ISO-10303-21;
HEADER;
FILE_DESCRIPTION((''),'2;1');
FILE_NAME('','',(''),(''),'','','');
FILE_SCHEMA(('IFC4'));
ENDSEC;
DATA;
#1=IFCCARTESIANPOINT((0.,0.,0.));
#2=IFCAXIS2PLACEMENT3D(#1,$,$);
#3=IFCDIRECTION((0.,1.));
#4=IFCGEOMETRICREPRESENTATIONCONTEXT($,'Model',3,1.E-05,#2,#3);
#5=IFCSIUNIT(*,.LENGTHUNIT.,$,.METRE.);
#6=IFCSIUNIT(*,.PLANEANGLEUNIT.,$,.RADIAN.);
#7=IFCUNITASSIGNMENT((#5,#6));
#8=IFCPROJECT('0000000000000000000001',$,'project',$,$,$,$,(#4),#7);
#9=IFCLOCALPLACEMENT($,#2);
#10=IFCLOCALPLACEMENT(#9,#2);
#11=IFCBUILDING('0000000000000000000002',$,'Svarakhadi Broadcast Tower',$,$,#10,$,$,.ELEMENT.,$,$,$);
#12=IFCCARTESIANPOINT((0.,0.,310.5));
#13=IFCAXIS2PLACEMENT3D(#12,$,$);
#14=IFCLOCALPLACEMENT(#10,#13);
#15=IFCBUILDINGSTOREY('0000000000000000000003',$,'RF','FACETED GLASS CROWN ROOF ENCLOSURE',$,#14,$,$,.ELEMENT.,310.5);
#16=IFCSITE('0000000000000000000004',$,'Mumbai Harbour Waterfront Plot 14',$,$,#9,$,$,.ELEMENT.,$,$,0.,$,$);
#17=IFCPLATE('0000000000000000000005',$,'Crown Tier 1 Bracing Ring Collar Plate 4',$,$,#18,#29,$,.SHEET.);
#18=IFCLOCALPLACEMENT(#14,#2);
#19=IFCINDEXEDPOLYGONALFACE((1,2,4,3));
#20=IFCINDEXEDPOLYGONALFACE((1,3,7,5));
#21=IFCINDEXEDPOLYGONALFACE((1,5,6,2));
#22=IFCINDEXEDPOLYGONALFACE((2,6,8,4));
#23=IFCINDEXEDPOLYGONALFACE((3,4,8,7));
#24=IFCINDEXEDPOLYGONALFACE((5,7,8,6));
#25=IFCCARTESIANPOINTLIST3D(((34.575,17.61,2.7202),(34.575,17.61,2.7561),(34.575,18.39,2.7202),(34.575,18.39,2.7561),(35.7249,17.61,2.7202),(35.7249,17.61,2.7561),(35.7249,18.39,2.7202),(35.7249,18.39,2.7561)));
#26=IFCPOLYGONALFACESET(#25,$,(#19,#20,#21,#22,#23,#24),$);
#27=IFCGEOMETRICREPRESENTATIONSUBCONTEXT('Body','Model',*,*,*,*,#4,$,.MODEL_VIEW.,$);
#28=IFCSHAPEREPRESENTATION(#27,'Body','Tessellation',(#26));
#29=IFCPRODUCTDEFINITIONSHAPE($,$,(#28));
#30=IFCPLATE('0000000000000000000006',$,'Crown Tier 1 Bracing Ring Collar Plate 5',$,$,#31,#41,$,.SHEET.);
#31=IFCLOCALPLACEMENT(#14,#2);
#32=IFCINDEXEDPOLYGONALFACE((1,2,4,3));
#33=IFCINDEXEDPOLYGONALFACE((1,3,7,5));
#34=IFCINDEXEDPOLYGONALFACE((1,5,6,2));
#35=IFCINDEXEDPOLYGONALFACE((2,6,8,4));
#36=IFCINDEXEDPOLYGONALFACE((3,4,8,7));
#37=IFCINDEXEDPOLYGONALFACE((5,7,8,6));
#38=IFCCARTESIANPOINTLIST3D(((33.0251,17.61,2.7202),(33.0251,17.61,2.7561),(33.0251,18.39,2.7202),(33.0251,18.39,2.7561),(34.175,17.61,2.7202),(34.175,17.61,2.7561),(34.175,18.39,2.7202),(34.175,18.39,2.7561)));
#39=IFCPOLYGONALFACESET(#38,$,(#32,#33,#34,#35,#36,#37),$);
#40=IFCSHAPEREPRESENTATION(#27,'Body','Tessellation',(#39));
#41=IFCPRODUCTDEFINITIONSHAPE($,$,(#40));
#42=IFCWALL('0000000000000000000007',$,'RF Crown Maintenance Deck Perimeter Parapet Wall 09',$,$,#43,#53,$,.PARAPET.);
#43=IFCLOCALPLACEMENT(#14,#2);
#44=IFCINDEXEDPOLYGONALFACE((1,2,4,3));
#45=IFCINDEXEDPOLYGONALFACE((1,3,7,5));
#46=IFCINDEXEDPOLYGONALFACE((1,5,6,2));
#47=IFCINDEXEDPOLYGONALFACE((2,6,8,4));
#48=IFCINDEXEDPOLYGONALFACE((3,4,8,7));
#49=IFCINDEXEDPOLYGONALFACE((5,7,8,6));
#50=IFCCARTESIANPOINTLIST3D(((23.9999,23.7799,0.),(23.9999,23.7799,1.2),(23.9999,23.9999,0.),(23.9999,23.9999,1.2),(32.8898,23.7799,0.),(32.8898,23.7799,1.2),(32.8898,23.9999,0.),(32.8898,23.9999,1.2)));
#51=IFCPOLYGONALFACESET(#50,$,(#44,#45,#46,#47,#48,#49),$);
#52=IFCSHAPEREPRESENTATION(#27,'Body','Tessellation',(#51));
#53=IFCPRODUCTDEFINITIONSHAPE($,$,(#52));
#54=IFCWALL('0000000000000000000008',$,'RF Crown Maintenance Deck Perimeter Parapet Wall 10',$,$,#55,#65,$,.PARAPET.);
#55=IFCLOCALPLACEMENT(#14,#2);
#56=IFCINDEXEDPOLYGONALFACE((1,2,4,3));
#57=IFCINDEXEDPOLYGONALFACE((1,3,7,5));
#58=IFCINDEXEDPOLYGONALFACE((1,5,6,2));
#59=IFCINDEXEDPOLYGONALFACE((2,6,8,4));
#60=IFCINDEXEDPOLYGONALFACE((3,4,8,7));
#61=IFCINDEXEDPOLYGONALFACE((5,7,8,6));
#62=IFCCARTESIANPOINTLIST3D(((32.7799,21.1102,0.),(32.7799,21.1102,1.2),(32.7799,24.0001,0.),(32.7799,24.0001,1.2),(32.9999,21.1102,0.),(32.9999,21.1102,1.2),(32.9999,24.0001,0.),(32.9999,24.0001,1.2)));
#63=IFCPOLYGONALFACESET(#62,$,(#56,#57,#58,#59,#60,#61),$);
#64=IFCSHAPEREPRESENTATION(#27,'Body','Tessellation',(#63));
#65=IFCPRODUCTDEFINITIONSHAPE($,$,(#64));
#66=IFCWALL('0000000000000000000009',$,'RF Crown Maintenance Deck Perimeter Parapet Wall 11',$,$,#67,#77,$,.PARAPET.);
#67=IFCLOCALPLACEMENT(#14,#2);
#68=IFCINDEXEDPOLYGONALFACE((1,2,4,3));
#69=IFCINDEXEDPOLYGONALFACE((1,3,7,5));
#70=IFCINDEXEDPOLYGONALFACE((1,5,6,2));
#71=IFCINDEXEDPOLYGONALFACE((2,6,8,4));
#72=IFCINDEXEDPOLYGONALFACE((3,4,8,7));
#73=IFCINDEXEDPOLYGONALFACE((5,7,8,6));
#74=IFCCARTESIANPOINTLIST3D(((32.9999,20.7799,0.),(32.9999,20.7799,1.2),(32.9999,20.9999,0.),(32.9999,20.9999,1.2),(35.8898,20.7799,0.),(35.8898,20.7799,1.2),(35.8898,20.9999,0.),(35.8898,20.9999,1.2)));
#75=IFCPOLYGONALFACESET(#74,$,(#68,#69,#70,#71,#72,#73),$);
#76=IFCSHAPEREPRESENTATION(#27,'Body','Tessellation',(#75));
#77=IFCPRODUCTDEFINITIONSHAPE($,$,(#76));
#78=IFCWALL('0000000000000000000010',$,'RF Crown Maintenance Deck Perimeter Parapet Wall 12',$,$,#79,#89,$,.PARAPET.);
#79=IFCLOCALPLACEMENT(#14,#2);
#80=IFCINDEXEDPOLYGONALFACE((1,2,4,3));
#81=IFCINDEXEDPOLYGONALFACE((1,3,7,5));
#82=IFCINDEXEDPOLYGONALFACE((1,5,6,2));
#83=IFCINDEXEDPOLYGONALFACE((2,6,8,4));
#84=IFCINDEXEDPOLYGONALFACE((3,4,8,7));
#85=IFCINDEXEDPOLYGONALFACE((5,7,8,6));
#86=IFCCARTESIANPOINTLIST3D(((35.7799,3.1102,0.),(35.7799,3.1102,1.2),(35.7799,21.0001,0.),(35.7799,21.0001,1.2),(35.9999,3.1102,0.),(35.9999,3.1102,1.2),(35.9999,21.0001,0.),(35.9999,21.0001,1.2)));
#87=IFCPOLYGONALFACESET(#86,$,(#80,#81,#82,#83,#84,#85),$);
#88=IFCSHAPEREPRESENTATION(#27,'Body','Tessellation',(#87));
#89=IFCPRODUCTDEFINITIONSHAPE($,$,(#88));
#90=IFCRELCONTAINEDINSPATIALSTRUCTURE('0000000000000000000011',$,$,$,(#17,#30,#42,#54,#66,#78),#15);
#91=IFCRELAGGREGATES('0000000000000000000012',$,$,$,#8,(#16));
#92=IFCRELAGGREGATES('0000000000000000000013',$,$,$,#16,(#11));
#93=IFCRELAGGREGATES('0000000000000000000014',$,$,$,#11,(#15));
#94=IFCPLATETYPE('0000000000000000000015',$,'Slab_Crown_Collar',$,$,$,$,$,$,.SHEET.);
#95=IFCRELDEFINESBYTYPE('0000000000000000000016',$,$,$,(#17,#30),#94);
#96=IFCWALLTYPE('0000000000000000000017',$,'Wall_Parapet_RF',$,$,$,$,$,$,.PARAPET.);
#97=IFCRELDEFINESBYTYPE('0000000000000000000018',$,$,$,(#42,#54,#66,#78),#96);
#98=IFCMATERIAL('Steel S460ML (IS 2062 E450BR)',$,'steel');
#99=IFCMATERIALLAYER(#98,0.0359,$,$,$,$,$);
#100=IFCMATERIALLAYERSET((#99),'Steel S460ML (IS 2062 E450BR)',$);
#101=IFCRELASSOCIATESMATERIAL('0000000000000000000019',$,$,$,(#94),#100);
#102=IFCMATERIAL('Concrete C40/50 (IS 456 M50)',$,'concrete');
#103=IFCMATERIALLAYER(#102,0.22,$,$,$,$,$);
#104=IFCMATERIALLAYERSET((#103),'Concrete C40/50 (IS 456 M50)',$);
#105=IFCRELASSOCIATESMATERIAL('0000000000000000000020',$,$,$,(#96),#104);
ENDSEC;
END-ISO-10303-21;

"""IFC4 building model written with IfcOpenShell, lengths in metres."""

from ifc_helpers import new_model, si_unit, direction, frame, frame_2d, origin, origin_2d, place, context, subcontext, project, spatial, rectangle, extrude, material, layer, layer_set, type_object, element, save


model = new_model("IFC4")

# Units and contexts
model_context = context("Model", 3, precision=1e-05, world=origin(), true_north=direction((0.0, 1.0)))
body_context = subcontext(model_context, "Body", "Model", "MODEL_VIEW")
ifc_project = project(units=[si_unit("LENGTHUNIT", "METRE"), si_unit("PLANEANGLEUNIT", "RADIAN")], contexts=[model_context])

# Site, building, storey
site_placement = place(None, origin())
site = spatial("IfcSite", under=ifc_project, at=site_placement, Name="Mumbai Harbour Waterfront Plot 14", CompositionType="ELEMENT", RefElevation=0.0)
building_placement = place(site_placement, origin())
building = spatial("IfcBuilding", under=site, at=building_placement, Name="Svarakhadi Broadcast Tower", CompositionType="ELEMENT")
storey_placement = place(building_placement, frame((0.0, 0.0, 310.5)))
storey = spatial("IfcBuildingStorey", under=building, at=storey_placement, Name="RF", Description="FACETED GLASS CROWN ROOF ENCLOSURE", CompositionType="ELEMENT", Elevation=310.5)

# Shared definitions
ifc_material_1 = material(Name="Steel S460ML (IS 2062 E450BR)", Category="steel")

# Plates
ifc_layer_1 = layer(ifc_material_1, 0.0359)
ifc_layer_set_1 = layer_set([ifc_layer_1], Name="Steel S460ML (IS 2062 E450BR)")
plate_type_1 = type_object("IfcPlateType", Name="Slab_Crown_Collar", PredefinedType="SHEET", material=ifc_layer_set_1)
for number, where, z_axis, x_axis, name in (
    (1, (35.1499, 18.0, 2.7202), (0.0, 0.0, 1.0), (1.0, 0.0, 0.0), "Crown Tier 1 Bracing Ring Collar Plate 4"),
    (2, (33.6001, 18.0, 2.7202), (0.0, 0.0, 1.0), (1.0, 0.0, 0.0), "Crown Tier 1 Bracing Ring Collar Plate 5"),
):
    element("IfcPlate", number, at=place(storey_placement, frame(where, z_axis=z_axis, x_axis=x_axis)), inside=storey, type_object=plate_type_1, Name=name, PredefinedType="SHEET", context=body_context, shape_type="SweptSolid", body=[
        extrude(rectangle(XDim=1.1499, YDim=0.78, at=origin_2d()), origin(), (0.0, 0.0, 1.0), 0.0359),
    ])

# Walls
ifc_material_2 = material(Name="Concrete C40/50 (IS 456 M50)", Category="concrete")
ifc_layer_2 = layer(ifc_material_2, 0.22)
ifc_layer_set_2 = layer_set([ifc_layer_2], Name="Concrete C40/50 (IS 456 M50)")
wall_type = type_object("IfcWallType", Name="Wall_Parapet_RF", PredefinedType="PARAPET", material=ifc_layer_set_2)
wall_1_placement = place(storey_placement, frame((24.0, 23.8899, 0.0), z_axis=(0.0, 0.0, 1.0), x_axis=(1.0, 0.0, 0.0)))
element("IfcWall", 3, at=wall_1_placement, inside=storey, type_object=wall_type, Name="RF Crown Maintenance Deck Perimeter Parapet Wall 09", PredefinedType="PARAPET", context=body_context, shape_type="SweptSolid", body=[
    extrude(rectangle(XDim=8.8899, YDim=0.22, at=frame_2d((4.4448, 0.0))), origin(), (0.0, 0.0, 1.0), 1.2),
])
for number, where, z_axis, x_axis, name in (
    (4, (32.8899, 24.0, 0.0), (0.0, 0.0, 1.0), (0.0, -1.0, 0.0), "RF Crown Maintenance Deck Perimeter Parapet Wall 10"),
    (5, (33.0, 20.8899, 0.0), (0.0, 0.0, 1.0), (1.0, 0.0, 0.0), "RF Crown Maintenance Deck Perimeter Parapet Wall 11"),
):
    element("IfcWall", number, at=place(storey_placement, frame(where, z_axis=z_axis, x_axis=x_axis)), inside=storey, type_object=wall_type, Name=name, PredefinedType="PARAPET", context=body_context, shape_type="SweptSolid", body=[
        extrude(rectangle(XDim=2.8899, YDim=0.22, at=frame_2d((1.4448, 0.0))), origin(), (0.0, 0.0, 1.0), 1.2),
    ])
wall_2_placement = place(storey_placement, frame((35.8899, 21.0, 0.0), z_axis=(0.0, 0.0, 1.0), x_axis=(0.0, -1.0, 0.0)))
element("IfcWall", 6, at=wall_2_placement, inside=storey, type_object=wall_type, Name="RF Crown Maintenance Deck Perimeter Parapet Wall 12", PredefinedType="PARAPET", context=body_context, shape_type="SweptSolid", body=[
    extrude(rectangle(XDim=17.8899, YDim=0.22, at=frame_2d((8.9448, 0.0))), origin(), (0.0, 0.0, 1.0), 1.2),
])

save(model, "model.ifc")
